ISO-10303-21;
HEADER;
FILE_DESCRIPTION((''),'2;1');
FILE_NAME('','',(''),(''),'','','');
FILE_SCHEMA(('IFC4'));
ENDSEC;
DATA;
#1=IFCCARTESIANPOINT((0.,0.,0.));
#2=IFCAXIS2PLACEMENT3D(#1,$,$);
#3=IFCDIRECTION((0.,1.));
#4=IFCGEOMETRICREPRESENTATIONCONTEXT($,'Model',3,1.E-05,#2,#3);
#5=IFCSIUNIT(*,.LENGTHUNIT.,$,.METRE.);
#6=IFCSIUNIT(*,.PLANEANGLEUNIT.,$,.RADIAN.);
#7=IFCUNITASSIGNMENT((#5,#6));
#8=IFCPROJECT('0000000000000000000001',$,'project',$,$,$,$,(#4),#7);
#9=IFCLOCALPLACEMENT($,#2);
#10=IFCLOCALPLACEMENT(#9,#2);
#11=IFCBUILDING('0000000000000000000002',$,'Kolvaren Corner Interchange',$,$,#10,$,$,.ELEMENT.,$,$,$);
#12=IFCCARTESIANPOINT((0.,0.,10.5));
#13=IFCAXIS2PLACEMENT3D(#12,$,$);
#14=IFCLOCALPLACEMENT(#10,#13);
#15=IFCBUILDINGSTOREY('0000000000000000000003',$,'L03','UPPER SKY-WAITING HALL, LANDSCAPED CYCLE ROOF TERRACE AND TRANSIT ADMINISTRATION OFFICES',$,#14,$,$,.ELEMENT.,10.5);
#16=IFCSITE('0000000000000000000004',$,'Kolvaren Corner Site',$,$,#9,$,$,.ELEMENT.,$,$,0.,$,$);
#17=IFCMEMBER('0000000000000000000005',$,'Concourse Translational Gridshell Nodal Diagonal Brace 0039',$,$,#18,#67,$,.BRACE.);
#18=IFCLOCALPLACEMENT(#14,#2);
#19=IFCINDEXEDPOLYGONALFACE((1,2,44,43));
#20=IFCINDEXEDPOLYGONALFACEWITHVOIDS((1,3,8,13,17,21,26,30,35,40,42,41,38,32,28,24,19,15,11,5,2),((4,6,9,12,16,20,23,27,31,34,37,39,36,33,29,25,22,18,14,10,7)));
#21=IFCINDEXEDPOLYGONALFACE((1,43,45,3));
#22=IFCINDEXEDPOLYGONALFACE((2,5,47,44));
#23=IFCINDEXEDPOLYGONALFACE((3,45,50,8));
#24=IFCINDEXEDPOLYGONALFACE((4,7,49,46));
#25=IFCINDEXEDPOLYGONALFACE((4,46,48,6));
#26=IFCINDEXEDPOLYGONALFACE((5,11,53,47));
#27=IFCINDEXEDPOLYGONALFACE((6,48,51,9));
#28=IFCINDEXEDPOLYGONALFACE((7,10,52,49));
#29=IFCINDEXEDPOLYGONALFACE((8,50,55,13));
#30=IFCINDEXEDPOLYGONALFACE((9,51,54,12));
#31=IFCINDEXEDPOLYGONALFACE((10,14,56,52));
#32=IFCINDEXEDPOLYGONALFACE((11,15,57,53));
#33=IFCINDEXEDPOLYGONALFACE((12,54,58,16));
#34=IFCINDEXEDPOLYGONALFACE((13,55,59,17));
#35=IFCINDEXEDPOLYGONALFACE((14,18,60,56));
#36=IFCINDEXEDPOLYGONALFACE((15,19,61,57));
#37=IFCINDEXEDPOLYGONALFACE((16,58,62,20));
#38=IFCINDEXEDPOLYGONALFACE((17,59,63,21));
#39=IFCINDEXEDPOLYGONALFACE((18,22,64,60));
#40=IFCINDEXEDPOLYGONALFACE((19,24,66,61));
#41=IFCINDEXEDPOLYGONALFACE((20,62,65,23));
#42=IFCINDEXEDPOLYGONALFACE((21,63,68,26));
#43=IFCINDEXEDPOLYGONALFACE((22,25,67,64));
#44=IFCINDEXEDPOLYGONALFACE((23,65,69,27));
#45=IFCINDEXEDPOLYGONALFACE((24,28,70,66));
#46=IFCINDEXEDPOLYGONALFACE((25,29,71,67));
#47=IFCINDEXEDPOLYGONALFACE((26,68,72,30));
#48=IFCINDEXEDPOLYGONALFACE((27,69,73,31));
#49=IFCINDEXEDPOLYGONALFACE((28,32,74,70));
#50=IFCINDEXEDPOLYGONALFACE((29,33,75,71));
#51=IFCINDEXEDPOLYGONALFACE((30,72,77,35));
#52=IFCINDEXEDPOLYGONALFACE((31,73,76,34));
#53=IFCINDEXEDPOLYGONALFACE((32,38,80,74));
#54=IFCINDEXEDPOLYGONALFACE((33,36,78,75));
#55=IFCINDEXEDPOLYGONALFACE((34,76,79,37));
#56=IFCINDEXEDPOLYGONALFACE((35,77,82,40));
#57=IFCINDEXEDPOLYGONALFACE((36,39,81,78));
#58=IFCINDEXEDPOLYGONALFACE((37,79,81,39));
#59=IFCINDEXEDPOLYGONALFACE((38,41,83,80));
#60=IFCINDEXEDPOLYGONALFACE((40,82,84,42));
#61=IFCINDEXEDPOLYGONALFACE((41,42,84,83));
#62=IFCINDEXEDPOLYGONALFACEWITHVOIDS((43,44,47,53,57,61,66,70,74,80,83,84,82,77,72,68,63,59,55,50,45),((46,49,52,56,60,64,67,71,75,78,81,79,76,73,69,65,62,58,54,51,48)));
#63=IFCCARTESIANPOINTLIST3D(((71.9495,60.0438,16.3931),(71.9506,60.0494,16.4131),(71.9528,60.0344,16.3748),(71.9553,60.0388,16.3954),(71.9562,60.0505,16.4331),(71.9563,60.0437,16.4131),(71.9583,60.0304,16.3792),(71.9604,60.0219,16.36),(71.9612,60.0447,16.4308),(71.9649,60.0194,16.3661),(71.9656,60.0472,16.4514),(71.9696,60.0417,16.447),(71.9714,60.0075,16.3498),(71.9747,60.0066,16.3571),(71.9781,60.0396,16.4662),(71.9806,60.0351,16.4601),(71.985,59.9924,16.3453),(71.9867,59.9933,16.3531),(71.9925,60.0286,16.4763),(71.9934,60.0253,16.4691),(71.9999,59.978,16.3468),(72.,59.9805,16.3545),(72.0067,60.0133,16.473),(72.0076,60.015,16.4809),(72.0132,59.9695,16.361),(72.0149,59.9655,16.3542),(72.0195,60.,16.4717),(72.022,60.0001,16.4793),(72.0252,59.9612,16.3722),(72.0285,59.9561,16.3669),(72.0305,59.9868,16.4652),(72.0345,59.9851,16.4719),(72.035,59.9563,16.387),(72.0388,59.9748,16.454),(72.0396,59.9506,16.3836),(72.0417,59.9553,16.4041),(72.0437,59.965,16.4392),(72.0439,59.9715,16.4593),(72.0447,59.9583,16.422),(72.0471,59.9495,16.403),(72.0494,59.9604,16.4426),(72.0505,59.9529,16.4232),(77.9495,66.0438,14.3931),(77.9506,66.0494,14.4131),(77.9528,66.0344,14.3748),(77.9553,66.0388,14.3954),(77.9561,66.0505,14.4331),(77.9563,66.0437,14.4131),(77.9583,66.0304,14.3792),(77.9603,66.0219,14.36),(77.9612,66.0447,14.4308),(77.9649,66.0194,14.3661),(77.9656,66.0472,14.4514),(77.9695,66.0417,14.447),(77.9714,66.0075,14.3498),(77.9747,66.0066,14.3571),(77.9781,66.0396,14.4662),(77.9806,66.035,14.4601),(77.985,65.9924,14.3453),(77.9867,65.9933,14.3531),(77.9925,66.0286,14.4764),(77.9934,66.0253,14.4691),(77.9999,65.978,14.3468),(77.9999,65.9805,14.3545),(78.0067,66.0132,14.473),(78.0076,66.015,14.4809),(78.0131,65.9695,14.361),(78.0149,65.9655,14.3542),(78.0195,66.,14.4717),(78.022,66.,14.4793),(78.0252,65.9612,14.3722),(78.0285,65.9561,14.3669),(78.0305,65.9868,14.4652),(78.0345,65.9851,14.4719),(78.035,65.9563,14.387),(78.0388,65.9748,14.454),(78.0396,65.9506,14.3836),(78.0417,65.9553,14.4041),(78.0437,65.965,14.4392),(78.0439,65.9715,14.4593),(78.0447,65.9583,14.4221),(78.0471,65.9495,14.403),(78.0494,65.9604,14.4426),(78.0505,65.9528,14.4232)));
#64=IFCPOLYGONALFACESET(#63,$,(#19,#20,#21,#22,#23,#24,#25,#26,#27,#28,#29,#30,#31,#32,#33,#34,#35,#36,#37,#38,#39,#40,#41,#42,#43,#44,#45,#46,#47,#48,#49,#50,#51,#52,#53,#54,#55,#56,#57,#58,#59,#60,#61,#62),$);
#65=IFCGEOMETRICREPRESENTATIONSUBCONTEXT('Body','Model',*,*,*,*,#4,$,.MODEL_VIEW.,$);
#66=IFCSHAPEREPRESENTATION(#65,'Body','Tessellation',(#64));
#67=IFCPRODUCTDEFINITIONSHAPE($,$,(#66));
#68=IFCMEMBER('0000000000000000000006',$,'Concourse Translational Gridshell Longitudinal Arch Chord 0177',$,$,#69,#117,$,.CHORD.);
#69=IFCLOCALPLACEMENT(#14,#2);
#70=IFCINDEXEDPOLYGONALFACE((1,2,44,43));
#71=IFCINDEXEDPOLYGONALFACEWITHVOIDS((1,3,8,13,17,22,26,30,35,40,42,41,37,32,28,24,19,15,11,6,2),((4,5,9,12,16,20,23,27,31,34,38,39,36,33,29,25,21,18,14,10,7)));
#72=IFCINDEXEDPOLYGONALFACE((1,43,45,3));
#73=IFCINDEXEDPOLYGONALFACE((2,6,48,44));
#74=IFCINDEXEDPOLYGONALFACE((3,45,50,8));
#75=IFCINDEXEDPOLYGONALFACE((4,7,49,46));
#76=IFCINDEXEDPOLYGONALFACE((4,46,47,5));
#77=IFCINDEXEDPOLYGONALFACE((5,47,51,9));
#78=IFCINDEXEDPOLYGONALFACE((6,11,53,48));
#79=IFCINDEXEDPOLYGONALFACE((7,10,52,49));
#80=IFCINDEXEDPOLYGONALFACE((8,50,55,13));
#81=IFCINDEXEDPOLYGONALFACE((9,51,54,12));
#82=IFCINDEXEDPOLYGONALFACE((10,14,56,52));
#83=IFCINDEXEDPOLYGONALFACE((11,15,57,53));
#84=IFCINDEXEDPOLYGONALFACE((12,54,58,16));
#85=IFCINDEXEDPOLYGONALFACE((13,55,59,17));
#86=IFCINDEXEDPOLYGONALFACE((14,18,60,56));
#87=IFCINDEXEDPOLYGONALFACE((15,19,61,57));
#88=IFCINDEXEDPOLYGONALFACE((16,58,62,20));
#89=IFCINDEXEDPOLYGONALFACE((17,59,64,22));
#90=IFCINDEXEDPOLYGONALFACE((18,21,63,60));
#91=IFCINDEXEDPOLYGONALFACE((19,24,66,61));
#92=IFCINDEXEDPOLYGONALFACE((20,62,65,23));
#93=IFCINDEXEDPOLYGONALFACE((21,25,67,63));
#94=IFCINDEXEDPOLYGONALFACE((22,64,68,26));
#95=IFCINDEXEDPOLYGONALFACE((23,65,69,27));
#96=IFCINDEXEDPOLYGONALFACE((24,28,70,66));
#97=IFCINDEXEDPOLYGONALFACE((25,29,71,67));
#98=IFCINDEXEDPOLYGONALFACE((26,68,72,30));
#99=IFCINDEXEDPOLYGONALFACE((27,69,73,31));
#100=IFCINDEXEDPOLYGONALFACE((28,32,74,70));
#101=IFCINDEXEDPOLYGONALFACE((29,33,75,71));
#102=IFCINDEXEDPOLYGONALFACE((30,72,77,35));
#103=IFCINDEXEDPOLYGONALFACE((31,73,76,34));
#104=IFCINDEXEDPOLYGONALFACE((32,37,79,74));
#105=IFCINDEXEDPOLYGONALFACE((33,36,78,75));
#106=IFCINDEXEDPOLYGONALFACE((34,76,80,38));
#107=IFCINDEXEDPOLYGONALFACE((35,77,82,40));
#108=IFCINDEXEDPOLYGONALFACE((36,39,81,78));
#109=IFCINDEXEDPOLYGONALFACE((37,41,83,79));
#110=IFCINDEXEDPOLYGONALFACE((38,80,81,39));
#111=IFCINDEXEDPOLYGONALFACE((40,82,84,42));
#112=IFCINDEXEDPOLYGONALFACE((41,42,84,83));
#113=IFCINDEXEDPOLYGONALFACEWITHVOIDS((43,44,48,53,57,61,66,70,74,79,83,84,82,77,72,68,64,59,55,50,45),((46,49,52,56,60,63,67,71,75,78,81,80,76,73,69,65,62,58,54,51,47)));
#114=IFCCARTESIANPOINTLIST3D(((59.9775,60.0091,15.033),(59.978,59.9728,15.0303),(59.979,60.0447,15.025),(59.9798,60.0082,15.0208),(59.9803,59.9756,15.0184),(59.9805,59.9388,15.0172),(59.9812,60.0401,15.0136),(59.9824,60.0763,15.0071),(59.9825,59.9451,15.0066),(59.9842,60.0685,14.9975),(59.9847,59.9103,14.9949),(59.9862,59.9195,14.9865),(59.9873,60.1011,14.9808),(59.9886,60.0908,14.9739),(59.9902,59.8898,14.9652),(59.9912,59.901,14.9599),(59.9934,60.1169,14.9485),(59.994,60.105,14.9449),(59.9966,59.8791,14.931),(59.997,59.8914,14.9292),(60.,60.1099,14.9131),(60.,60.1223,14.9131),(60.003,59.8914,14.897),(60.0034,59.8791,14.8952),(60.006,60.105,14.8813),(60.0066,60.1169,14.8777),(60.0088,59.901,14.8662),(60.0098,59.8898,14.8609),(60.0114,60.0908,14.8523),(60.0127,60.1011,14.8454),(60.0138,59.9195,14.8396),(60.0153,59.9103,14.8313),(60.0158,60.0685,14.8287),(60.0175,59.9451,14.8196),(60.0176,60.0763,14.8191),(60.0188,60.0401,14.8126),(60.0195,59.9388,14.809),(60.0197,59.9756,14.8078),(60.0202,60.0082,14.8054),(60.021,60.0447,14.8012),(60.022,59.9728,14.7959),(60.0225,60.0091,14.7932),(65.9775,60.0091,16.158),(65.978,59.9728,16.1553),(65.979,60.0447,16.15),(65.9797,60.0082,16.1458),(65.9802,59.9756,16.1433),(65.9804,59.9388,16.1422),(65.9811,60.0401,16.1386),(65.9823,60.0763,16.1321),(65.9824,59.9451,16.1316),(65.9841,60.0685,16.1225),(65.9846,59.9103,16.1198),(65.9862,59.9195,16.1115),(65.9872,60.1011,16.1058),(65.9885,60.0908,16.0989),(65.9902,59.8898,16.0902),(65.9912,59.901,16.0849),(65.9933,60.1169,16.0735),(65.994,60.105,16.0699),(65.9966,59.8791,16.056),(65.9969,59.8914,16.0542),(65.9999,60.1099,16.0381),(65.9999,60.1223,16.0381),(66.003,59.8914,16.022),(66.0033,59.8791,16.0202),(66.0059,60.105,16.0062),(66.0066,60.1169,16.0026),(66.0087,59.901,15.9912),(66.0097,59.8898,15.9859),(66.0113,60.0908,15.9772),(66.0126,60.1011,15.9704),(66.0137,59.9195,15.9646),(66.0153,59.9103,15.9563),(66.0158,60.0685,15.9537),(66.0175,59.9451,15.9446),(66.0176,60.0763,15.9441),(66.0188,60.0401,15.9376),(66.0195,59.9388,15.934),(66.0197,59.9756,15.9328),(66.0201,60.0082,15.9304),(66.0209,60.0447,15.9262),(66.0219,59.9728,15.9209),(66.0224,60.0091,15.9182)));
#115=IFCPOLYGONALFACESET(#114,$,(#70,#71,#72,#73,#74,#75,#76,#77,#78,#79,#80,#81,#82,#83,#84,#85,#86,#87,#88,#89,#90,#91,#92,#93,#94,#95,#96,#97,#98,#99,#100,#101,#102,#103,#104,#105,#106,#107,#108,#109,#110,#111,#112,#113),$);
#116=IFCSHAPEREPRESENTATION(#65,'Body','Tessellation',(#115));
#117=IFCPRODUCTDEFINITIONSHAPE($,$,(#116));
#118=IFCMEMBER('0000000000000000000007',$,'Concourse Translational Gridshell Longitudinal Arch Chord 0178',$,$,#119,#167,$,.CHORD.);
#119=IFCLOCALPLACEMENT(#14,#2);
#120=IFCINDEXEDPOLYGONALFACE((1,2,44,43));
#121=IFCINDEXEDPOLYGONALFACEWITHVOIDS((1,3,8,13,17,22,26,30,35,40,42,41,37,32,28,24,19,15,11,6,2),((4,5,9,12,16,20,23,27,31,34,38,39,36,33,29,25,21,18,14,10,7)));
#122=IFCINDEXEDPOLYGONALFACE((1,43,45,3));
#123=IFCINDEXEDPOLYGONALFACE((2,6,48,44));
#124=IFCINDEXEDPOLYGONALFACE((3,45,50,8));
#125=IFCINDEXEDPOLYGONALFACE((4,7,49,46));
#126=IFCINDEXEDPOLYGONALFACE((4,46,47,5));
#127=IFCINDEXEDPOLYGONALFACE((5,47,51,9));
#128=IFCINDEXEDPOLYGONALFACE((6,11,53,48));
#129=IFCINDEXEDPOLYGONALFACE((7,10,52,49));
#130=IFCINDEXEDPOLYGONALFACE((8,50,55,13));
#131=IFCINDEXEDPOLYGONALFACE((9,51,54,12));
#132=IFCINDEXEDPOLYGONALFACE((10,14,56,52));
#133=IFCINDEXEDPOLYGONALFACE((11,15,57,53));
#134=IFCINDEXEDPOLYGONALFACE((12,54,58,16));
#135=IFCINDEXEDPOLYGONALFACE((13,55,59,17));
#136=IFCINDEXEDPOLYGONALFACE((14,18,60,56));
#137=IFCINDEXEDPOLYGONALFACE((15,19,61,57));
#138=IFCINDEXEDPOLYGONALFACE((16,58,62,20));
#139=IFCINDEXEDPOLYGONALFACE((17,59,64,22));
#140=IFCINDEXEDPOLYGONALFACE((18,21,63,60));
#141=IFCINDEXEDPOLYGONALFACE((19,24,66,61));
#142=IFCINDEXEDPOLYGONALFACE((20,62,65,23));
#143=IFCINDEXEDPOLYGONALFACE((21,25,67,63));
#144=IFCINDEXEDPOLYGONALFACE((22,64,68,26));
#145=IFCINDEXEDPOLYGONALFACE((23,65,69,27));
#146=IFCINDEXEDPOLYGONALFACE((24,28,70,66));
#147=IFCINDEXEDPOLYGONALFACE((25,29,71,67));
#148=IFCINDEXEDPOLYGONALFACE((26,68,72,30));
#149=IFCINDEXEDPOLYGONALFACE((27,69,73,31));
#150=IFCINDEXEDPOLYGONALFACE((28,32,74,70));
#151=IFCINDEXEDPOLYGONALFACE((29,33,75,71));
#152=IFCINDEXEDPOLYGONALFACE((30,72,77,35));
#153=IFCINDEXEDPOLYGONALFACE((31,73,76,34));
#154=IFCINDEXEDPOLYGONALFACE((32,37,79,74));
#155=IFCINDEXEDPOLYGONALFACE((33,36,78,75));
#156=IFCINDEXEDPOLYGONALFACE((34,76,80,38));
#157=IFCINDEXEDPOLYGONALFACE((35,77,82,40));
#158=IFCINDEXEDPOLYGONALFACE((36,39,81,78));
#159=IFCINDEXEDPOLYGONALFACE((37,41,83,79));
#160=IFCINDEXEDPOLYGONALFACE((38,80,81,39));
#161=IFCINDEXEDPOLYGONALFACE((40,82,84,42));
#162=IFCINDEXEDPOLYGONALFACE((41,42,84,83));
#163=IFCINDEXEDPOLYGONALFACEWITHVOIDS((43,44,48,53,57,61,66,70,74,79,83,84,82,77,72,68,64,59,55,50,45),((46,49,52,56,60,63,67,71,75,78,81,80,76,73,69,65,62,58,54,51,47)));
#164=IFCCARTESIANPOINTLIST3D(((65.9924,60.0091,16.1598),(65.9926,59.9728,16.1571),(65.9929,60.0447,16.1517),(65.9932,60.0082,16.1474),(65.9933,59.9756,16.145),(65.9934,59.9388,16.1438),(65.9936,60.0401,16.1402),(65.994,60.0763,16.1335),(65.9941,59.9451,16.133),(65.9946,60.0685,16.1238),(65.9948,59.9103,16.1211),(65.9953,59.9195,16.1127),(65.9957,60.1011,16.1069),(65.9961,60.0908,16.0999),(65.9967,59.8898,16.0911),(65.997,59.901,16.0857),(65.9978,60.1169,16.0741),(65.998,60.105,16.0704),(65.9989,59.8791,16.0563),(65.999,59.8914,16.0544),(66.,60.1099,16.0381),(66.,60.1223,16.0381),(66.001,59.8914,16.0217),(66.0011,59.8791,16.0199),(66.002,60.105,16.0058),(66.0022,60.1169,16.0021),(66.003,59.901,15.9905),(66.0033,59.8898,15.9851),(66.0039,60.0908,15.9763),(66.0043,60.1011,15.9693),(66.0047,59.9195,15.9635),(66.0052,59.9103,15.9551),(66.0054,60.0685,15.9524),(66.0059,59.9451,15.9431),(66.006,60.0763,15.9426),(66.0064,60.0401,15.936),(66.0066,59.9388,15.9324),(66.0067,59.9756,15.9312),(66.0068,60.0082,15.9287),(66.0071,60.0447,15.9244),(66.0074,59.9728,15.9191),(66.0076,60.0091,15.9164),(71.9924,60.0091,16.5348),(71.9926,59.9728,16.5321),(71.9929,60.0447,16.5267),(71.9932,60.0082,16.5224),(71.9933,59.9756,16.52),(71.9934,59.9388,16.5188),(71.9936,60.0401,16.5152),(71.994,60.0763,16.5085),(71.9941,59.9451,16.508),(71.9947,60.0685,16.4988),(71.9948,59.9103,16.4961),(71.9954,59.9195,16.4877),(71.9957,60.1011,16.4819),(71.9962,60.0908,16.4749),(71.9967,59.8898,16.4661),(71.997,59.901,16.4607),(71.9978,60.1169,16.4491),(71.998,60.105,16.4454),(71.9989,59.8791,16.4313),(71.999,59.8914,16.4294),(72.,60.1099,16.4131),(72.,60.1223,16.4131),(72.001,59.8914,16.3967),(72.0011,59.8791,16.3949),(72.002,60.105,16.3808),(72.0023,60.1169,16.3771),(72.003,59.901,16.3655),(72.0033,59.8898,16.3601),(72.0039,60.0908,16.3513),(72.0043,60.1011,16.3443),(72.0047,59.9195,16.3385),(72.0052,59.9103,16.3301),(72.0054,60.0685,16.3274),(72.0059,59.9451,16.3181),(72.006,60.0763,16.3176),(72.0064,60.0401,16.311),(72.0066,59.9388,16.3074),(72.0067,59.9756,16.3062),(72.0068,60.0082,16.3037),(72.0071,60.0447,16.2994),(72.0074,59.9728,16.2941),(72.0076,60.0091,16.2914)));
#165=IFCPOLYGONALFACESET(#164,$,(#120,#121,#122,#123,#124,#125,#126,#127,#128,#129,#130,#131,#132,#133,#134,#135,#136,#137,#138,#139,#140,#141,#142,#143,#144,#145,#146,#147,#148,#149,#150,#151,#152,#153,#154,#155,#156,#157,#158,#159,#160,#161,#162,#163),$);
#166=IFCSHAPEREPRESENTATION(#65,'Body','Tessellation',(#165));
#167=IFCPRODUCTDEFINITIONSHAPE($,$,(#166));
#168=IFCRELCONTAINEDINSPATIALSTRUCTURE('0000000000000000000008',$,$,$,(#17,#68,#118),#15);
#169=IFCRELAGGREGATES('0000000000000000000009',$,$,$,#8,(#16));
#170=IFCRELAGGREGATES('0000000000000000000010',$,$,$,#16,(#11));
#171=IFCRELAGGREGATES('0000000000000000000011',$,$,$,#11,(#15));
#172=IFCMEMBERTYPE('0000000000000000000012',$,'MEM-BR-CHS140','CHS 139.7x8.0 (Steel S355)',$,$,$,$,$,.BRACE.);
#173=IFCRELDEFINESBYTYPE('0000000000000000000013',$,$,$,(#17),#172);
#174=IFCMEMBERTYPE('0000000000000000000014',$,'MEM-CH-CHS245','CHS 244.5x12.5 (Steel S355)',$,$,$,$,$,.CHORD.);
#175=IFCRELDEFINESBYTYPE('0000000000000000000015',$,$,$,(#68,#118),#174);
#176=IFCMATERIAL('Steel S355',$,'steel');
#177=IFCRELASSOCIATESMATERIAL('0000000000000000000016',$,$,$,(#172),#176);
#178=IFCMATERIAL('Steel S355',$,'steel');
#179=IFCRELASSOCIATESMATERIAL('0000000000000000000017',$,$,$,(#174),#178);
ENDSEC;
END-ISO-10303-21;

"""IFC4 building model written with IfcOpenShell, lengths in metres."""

from ifc_helpers import new_model, si_unit, direction, frame, origin, origin_2d, place, context, subcontext, project, spatial, hollow_circle, extrude, material, material_profile, profile_set, type_object, element, save


model = new_model("IFC4")

# Units and contexts
model_context = context("Model", 3, precision=1e-05, world=origin(), true_north=direction((0.0, 1.0)))
body_context = subcontext(model_context, "Body", "Model", "MODEL_VIEW")
ifc_project = project(units=[si_unit("LENGTHUNIT", "METRE"), si_unit("PLANEANGLEUNIT", "RADIAN")], contexts=[model_context])

# Site, building, storey
site_placement = place(None, origin())
site = spatial("IfcSite", under=ifc_project, at=site_placement, Name="Kolvaren Corner Site", CompositionType="ELEMENT", RefElevation=0.0)
building_placement = place(site_placement, origin())
building = spatial("IfcBuilding", under=site, at=building_placement, Name="Kolvaren Corner Interchange", CompositionType="ELEMENT")
storey_placement = place(building_placement, frame((0.0, 0.0, 10.5)))
storey = spatial("IfcBuildingStorey", under=building, at=storey_placement, Name="L03", Description="UPPER SKY-WAITING HALL, LANDSCAPED CYCLE ROOF TERRACE AND TRANSIT ADMINISTRATION OFFICES", CompositionType="ELEMENT", Elevation=10.5)

# Members
ifc_material_1 = material(Name="Steel S355", Category="steel")
ifc_material_profile_1 = material_profile(ifc_material_1, hollow_circle(Radius=0.0698, WallThickness=0.0081, at=origin_2d()), Name="CHS 139.7x8.0")
ifc_profile_set_1 = profile_set([ifc_material_profile_1], Name="Steel S355")
member_type_1 = type_object("IfcMemberType", Name="MEM-BR-CHS140", Description="CHS 139.7x8.0 (Steel S355)", PredefinedType="BRACE", material=ifc_profile_set_1)
member_1_placement = place(storey_placement, frame((72.0, 60.0, 16.4131), z_axis=(0.688247, 0.688247, -0.229416), x_axis=(-0.707107, 0.707107, 0.0)))
element("IfcMember", 1, at=member_1_placement, inside=storey, type_object=member_type_1, Name="Concourse Translational Gridshell Nodal Diagonal Brace 0039", PredefinedType="BRACE", context=body_context, shape_type="SweptSolid", body=[
    extrude(hollow_circle(Radius=0.0698, WallThickness=0.0081, at=origin_2d()), origin(), (0.0, 0.0, 1.0), 8.7178),
])
ifc_material_2 = material(Name="Steel S355", Category="steel")
ifc_material_profile_2 = material_profile(ifc_material_2, hollow_circle(Radius=0.1223, WallThickness=0.0125, at=origin_2d()), Name="CHS 244.5x12.5")
ifc_profile_set_2 = profile_set([ifc_material_profile_2], Name="Steel S355")
member_type_2 = type_object("IfcMemberType", Name="MEM-CH-CHS245", Description="CHS 244.5x12.5 (Steel S355)", PredefinedType="CHORD", material=ifc_profile_set_2)
member_2_placement = place(storey_placement, frame((60.0, 60.0, 14.9131), z_axis=(0.982872, 0.0, 0.184289), x_axis=(0.0, 1.0, 0.0)))
element("IfcMember", 2, at=member_2_placement, inside=storey, type_object=member_type_2, Name="Concourse Translational Gridshell Longitudinal Arch Chord 0177", PredefinedType="CHORD", context=body_context, shape_type="SweptSolid", body=[
    extrude(hollow_circle(Radius=0.1223, WallThickness=0.0125, at=origin_2d()), origin(), (0.0, 0.0, 1.0), 6.1045),
])
member_3_placement = place(storey_placement, frame((66.0, 60.0, 16.0381), z_axis=(0.998053, 0.0, 0.062378), x_axis=(0.0, 1.0, 0.0)))
element("IfcMember", 3, at=member_3_placement, inside=storey, type_object=member_type_2, Name="Concourse Translational Gridshell Longitudinal Arch Chord 0178", PredefinedType="CHORD", context=body_context, shape_type="SweptSolid", body=[
    extrude(hollow_circle(Radius=0.1223, WallThickness=0.0125, at=origin_2d()), origin(), (0.0, 0.0, 1.0), 6.0117),
])

save(model, "model.ifc")
